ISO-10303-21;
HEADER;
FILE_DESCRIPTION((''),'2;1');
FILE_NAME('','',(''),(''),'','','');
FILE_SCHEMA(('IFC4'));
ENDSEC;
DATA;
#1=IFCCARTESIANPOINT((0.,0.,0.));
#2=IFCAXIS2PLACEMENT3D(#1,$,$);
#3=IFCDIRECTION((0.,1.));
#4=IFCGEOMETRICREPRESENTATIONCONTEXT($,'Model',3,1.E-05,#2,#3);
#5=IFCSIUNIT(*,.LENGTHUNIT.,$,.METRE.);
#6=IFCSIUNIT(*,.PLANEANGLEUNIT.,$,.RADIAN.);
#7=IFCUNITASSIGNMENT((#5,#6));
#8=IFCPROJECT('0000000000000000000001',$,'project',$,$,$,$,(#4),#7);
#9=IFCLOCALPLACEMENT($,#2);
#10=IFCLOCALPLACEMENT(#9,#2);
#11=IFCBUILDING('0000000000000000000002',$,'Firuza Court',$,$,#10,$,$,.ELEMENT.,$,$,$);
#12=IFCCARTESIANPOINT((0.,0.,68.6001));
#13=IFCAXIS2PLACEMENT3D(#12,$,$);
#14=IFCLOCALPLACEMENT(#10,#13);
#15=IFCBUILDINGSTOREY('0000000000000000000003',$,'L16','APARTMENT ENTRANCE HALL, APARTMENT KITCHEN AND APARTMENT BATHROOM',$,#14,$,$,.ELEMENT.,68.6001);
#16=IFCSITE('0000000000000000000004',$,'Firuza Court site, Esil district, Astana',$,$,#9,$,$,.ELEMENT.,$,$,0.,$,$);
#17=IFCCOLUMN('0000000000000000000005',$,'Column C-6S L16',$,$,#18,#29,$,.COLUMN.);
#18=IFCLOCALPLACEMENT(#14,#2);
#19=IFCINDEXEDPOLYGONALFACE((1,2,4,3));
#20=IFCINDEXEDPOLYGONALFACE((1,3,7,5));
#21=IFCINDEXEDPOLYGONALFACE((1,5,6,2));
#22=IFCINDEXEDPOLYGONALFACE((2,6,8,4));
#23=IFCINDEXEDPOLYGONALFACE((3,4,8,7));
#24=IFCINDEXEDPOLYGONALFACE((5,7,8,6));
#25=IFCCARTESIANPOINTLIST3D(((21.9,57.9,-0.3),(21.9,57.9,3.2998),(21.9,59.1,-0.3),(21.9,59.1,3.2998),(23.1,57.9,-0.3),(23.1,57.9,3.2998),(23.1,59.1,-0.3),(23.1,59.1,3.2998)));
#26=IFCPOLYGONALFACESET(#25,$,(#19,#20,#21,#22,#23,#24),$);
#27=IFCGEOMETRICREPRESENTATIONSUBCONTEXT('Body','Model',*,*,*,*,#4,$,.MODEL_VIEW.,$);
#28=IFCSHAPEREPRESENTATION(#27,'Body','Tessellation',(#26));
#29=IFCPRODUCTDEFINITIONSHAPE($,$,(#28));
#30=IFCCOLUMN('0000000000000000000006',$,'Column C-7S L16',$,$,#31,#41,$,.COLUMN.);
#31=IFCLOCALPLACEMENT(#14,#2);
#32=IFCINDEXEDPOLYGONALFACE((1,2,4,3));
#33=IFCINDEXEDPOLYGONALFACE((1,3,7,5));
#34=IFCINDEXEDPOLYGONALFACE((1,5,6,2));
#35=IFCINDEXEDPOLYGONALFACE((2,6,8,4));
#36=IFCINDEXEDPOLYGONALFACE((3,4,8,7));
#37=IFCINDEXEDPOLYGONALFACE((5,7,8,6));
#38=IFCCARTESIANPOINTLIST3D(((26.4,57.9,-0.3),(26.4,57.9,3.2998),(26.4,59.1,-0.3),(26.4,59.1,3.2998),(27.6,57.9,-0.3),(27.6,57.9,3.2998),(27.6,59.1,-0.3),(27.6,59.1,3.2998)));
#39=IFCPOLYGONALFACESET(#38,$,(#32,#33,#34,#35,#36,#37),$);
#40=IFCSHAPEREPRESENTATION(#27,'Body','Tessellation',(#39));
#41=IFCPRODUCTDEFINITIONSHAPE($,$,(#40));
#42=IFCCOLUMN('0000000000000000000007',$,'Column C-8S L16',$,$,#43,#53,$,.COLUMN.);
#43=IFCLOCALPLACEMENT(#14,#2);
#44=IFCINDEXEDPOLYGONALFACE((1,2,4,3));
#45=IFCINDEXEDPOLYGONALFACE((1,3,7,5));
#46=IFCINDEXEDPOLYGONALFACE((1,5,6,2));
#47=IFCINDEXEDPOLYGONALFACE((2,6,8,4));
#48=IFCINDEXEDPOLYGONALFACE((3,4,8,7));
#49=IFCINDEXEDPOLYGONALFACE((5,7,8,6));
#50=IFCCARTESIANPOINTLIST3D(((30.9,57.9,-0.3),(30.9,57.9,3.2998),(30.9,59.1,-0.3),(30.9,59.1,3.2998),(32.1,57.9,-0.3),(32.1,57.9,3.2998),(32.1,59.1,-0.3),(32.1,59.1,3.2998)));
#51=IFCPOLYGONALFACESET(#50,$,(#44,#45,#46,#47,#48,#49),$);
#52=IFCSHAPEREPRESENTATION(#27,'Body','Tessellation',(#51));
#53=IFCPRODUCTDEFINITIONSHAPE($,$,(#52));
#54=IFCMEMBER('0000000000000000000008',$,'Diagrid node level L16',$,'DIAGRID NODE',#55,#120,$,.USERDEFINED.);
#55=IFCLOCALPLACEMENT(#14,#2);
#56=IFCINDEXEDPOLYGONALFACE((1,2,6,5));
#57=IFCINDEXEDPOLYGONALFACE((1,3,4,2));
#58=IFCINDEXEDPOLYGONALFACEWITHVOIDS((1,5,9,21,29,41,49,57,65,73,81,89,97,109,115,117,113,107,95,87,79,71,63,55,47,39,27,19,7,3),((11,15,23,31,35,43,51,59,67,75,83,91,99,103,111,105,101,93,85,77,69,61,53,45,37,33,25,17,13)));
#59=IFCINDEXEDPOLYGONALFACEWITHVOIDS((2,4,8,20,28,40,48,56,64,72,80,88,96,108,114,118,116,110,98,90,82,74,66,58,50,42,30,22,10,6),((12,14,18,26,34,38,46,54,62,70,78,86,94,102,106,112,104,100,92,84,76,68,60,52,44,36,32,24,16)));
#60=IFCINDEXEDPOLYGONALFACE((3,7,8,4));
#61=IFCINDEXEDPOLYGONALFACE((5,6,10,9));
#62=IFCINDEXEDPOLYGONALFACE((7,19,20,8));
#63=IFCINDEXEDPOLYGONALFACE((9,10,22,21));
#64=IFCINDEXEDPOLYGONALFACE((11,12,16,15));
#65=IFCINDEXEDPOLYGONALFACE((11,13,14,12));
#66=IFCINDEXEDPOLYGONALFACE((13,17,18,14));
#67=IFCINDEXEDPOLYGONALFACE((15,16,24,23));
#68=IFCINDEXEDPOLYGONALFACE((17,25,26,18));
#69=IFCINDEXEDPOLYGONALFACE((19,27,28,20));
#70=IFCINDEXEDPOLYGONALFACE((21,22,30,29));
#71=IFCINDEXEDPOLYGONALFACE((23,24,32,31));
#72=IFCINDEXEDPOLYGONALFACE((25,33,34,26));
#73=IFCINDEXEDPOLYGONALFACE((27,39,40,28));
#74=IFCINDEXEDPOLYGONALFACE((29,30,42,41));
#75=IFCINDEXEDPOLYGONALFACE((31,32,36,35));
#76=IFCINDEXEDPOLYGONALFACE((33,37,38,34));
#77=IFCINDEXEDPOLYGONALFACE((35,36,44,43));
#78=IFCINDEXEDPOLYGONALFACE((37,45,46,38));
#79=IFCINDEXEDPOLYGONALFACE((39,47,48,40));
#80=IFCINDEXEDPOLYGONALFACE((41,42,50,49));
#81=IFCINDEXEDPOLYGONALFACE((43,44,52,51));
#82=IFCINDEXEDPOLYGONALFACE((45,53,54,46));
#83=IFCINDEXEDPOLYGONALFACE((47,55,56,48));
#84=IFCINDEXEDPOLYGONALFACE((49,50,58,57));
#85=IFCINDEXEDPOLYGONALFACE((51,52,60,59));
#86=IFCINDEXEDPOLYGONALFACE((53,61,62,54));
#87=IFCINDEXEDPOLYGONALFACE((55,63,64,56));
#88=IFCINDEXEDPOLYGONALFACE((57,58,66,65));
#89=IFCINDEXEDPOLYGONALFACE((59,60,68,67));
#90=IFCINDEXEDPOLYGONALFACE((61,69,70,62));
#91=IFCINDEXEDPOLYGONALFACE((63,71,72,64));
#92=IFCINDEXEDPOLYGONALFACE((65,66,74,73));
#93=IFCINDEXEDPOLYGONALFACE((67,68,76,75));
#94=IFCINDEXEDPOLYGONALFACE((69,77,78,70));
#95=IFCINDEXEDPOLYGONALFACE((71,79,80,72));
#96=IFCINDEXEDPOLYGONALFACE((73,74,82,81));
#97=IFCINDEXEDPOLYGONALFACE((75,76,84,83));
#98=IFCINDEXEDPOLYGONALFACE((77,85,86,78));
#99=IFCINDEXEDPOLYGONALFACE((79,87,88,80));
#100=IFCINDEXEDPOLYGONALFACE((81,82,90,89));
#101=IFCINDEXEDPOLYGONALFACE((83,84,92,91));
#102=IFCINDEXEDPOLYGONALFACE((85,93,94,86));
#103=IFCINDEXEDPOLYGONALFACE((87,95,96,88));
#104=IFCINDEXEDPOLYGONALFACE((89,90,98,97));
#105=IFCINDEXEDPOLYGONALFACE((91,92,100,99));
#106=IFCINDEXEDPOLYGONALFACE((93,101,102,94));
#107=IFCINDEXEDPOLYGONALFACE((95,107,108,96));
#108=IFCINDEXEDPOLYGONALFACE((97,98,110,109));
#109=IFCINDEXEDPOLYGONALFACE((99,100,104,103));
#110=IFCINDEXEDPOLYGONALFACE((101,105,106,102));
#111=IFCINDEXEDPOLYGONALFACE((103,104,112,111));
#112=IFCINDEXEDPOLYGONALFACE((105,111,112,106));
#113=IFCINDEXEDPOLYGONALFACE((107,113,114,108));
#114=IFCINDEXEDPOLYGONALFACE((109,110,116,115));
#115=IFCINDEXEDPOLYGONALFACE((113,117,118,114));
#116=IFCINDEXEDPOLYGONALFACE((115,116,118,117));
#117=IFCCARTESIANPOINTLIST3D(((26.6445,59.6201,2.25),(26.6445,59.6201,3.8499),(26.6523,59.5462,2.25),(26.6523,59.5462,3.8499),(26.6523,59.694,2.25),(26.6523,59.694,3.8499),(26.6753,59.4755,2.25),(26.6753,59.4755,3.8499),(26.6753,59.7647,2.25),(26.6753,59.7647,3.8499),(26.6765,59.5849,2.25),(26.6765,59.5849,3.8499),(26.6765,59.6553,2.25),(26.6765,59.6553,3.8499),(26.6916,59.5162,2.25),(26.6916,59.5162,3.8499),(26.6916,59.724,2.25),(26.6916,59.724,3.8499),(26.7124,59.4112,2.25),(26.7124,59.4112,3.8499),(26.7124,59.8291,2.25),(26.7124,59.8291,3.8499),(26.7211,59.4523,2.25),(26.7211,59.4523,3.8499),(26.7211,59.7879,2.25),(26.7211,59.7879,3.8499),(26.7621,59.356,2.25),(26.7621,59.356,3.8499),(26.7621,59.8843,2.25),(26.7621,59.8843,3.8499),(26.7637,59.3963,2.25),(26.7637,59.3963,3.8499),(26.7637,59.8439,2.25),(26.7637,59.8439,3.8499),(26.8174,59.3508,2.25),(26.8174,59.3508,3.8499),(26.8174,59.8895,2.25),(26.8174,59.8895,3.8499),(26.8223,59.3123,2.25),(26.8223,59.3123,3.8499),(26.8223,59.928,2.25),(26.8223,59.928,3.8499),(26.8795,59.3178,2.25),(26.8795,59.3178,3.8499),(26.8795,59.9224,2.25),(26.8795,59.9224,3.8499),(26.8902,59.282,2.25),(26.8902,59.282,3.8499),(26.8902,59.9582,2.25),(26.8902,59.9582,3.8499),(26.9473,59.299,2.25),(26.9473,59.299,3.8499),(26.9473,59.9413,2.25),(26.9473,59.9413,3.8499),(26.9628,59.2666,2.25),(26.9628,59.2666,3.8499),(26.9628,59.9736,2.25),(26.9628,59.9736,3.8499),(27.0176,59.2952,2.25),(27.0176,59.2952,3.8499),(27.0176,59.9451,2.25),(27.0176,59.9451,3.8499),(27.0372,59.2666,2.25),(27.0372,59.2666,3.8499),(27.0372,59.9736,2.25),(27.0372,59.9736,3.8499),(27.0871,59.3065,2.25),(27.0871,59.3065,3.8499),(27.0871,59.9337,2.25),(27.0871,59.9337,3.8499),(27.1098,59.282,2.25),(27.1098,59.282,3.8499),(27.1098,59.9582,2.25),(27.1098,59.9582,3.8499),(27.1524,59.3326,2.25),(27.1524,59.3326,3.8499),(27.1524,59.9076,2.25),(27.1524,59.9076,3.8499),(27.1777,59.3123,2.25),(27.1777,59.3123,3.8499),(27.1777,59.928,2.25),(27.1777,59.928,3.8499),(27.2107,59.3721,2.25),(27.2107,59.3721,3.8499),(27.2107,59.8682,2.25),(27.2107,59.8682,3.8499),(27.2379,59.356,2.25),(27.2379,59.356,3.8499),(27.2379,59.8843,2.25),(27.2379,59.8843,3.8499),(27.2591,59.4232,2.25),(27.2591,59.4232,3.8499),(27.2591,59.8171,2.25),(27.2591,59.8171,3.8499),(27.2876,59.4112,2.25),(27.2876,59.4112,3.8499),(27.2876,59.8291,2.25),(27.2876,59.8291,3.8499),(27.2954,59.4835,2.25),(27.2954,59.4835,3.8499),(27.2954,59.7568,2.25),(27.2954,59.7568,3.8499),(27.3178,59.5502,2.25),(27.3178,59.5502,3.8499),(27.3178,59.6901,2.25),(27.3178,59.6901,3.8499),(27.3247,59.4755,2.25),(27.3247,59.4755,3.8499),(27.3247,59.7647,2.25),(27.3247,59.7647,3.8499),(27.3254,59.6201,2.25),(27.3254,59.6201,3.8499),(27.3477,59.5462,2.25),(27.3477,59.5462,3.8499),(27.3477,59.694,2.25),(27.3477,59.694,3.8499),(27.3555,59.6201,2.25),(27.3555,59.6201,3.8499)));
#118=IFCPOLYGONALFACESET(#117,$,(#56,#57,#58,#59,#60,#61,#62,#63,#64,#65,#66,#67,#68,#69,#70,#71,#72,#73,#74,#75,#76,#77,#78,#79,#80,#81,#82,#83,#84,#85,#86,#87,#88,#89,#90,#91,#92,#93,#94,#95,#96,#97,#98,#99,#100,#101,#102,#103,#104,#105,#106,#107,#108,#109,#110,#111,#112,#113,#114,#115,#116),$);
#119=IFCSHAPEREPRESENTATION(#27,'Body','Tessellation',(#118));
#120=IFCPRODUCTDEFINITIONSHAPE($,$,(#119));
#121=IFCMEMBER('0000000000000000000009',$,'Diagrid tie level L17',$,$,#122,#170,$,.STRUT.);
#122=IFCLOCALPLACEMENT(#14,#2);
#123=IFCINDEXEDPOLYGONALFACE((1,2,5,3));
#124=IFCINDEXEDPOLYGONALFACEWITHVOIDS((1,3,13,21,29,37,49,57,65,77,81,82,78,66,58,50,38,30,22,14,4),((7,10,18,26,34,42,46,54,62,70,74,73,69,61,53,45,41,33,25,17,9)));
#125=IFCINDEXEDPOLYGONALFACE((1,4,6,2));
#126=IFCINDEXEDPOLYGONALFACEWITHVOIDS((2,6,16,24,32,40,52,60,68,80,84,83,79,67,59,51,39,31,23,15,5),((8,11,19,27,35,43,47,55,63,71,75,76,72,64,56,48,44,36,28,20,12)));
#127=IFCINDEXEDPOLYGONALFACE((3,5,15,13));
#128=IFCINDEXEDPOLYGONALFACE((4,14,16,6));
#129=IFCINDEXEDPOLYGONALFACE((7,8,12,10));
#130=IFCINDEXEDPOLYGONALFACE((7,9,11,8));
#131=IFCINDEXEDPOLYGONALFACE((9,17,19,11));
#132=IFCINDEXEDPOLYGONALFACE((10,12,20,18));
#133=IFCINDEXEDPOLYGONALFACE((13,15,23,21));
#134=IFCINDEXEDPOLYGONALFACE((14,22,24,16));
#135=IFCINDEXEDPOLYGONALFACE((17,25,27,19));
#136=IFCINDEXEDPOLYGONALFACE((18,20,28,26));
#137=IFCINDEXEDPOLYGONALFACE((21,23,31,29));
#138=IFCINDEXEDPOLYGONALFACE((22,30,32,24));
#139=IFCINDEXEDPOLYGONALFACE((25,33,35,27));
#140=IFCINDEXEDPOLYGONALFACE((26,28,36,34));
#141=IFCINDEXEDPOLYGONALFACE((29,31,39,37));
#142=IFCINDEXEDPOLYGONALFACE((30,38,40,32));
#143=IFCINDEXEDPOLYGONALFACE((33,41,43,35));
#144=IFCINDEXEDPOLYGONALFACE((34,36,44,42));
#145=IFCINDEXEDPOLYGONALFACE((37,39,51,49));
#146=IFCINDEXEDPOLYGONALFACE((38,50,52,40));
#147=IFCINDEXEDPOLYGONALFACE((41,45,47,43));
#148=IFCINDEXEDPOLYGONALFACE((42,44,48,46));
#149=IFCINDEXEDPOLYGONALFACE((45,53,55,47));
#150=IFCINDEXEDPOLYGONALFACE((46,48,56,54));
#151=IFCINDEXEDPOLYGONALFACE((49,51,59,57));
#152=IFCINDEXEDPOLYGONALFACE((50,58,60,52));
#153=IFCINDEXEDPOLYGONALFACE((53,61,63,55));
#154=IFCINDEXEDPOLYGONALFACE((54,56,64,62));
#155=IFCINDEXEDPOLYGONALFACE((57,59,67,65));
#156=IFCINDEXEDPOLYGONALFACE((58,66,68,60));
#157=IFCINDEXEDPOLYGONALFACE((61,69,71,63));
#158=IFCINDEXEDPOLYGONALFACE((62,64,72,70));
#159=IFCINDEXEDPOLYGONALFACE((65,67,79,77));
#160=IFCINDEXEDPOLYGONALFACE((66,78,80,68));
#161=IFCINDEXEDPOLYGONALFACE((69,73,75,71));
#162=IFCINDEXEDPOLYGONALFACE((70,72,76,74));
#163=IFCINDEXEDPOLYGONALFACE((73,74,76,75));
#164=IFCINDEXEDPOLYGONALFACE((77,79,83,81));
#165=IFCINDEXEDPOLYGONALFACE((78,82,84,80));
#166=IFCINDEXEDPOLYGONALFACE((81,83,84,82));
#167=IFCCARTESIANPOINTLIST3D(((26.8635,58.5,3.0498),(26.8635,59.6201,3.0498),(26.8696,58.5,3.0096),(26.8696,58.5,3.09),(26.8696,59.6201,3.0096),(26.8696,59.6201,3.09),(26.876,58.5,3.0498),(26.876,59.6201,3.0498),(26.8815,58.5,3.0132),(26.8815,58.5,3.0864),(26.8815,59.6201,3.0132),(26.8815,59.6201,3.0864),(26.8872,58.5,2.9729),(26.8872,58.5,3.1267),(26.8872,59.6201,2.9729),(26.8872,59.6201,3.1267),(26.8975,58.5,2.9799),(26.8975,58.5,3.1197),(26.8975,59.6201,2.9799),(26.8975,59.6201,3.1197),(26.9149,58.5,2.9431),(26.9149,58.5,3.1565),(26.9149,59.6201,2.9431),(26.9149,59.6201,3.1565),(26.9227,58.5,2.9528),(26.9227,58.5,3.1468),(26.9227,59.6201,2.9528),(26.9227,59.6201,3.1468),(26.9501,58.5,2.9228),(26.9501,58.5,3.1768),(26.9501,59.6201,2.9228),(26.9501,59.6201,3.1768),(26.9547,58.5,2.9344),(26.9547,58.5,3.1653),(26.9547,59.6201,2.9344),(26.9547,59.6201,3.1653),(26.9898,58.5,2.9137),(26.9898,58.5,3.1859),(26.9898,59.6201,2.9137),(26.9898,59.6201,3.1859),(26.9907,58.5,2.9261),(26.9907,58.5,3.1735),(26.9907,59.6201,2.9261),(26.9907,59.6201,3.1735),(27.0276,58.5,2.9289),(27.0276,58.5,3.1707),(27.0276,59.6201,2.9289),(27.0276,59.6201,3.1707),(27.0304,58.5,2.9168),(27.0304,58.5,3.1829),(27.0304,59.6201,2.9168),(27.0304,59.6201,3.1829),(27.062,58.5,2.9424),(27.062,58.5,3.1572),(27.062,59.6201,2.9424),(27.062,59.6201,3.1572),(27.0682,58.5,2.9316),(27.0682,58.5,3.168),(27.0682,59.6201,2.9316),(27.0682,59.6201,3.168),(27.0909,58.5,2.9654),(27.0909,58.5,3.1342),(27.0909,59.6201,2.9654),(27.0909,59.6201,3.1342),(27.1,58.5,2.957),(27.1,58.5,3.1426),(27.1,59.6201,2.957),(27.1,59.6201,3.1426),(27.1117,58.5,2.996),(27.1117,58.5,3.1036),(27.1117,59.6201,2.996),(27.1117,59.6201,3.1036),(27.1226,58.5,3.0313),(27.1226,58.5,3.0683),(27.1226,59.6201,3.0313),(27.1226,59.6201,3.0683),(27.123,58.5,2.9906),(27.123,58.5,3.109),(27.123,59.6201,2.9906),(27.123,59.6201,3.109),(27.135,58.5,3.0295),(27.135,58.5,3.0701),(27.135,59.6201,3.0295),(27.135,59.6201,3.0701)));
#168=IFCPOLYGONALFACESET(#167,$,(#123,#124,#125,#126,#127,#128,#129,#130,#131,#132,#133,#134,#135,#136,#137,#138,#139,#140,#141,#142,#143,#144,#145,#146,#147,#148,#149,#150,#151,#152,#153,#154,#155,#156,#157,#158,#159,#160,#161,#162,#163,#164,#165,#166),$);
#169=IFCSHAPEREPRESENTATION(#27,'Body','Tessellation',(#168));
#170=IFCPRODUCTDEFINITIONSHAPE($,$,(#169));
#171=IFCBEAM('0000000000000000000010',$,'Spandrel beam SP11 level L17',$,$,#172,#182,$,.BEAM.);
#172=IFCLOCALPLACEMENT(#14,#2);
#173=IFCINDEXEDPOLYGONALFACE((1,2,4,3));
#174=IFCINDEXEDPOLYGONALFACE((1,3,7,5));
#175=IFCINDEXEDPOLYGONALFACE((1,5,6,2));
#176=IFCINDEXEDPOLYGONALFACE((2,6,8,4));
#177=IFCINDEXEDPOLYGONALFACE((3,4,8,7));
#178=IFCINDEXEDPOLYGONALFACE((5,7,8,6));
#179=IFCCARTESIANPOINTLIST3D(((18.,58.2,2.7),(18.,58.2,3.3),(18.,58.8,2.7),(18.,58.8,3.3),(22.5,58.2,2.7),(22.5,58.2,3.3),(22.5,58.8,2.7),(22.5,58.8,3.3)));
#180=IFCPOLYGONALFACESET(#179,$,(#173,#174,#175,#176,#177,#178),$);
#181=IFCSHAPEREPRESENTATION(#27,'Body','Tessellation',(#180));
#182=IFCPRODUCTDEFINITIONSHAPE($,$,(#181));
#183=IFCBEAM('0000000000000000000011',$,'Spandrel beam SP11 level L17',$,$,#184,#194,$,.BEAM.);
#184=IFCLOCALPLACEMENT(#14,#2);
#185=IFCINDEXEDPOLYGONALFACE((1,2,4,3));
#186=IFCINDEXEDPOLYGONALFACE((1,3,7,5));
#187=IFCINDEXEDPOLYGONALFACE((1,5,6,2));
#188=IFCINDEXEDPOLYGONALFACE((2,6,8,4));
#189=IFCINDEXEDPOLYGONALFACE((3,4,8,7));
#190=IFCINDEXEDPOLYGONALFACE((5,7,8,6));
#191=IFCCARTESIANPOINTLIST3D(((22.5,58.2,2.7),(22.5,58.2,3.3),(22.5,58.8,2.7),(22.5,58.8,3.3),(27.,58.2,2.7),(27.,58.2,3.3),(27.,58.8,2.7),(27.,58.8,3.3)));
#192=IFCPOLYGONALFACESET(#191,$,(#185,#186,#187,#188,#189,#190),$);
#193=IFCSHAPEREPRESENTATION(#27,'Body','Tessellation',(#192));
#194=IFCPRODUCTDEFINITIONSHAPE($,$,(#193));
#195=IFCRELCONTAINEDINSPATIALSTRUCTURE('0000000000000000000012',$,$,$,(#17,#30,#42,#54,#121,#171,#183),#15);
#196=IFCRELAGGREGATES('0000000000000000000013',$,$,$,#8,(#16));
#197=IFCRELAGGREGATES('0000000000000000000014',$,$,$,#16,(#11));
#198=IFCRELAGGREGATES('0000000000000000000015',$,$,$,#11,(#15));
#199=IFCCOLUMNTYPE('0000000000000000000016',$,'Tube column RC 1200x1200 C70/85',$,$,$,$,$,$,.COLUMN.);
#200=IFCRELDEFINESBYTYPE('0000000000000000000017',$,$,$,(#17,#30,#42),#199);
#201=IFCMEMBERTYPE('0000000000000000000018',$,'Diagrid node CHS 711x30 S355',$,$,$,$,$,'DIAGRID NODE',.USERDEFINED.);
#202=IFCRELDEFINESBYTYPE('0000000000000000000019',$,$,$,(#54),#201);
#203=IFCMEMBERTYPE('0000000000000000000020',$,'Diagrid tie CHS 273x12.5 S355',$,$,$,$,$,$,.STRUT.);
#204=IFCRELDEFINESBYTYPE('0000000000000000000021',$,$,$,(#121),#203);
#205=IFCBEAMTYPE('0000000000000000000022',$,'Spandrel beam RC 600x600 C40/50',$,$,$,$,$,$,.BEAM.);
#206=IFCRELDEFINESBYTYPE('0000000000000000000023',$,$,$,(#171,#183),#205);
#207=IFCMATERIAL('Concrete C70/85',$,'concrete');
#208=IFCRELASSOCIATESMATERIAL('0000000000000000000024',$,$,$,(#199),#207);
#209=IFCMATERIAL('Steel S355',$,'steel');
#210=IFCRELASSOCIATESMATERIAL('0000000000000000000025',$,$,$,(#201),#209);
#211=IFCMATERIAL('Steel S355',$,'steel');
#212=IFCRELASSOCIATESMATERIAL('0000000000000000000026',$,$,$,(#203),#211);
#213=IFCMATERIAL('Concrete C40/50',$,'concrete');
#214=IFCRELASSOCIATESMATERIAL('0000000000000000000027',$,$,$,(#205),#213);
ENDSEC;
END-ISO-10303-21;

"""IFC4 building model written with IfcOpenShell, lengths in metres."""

from ifc_helpers import new_model, si_unit, direction, frame, origin, origin_2d, place, context, subcontext, project, spatial, rectangle, hollow_circle, extrude, material, material_profile, profile_set, type_object, element, save


model = new_model("IFC4")

# Units and contexts
model_context = context("Model", 3, precision=1e-05, world=origin(), true_north=direction((0.0, 1.0)))
body_context = subcontext(model_context, "Body", "Model", "MODEL_VIEW")
ifc_project = project(units=[si_unit("LENGTHUNIT", "METRE"), si_unit("PLANEANGLEUNIT", "RADIAN")], contexts=[model_context])

# Site, building, storey
site_placement = place(None, origin())
site = spatial("IfcSite", under=ifc_project, at=site_placement, Name="Firuza Court site, Esil district, Astana", CompositionType="ELEMENT", RefElevation=0.0)
building_placement = place(site_placement, origin())
building = spatial("IfcBuilding", under=site, at=building_placement, Name="Firuza Court", CompositionType="ELEMENT")
storey_placement = place(building_placement, frame((0.0, 0.0, 68.6001)))
storey = spatial("IfcBuildingStorey", under=building, at=storey_placement, Name="L16", Description="APARTMENT ENTRANCE HALL, APARTMENT KITCHEN AND APARTMENT BATHROOM", CompositionType="ELEMENT", Elevation=68.6001)

# Columns
ifc_material_1 = material(Name="Concrete C70/85", Category="concrete")
ifc_material_profile_1 = material_profile(ifc_material_1, rectangle(XDim=1.2, YDim=1.2, at=origin_2d()), Name="RC 1200x1200")
ifc_profile_set_1 = profile_set([ifc_material_profile_1], Name="Concrete C70/85")
column_type = type_object("IfcColumnType", Name="Tube column RC 1200x1200 C70/85", PredefinedType="COLUMN", material=ifc_profile_set_1)
for number, where, z_axis, x_axis, name in (
    (1, (22.5, 58.5, -0.3), (0.0, 0.0, 1.0), (1.0, 0.0, 0.0), "Column C-6S L16"),
    (2, (27.0, 58.5, -0.3), (0.0, 0.0, 1.0), (1.0, 0.0, 0.0), "Column C-7S L16"),
    (3, (31.5, 58.5, -0.3), (0.0, 0.0, 1.0), (1.0, 0.0, 0.0), "Column C-8S L16"),
):
    element("IfcColumn", number, at=place(storey_placement, frame(where, z_axis=z_axis, x_axis=x_axis)), inside=storey, type_object=column_type, Name=name, PredefinedType="COLUMN", context=body_context, shape_type="SweptSolid", body=[
        extrude(rectangle(XDim=1.2, YDim=1.2, at=origin_2d()), origin(), (0.0, 0.0, 1.0), 3.5999),
    ])

# Members
ifc_material_2 = material(Name="Steel S355", Category="steel")
ifc_material_profile_2 = material_profile(ifc_material_2, hollow_circle(Radius=0.3555, WallThickness=0.03, at=origin_2d()), Name="CHS 711x30")
ifc_profile_set_2 = profile_set([ifc_material_profile_2], Name="Steel S355")
member_type_1 = type_object("IfcMemberType", Name="Diagrid node CHS 711x30 S355", ElementType="DIAGRID NODE", PredefinedType="USERDEFINED", material=ifc_profile_set_2)
member_1_placement = place(storey_placement, frame((27.0, 59.6201, 2.25), z_axis=(0.0, 0.0, 1.0), x_axis=(1.0, 0.0, 0.0)))
element("IfcMember", 4, at=member_1_placement, inside=storey, type_object=member_type_1, Name="Diagrid node level L16", ObjectType="DIAGRID NODE", PredefinedType="USERDEFINED", context=body_context, shape_type="SweptSolid", body=[
    extrude(hollow_circle(Radius=0.3555, WallThickness=0.03, at=origin_2d()), origin(), (0.0, 0.0, 1.0), 1.5999),
])
ifc_material_3 = material(Name="Steel S355", Category="steel")
ifc_material_profile_3 = material_profile(ifc_material_3, hollow_circle(Radius=0.1365, WallThickness=0.0125, at=origin_2d()), Name="CHS 273x12.5")
ifc_profile_set_3 = profile_set([ifc_material_profile_3], Name="Steel S355")
member_type_2 = type_object("IfcMemberType", Name="Diagrid tie CHS 273x12.5 S355", PredefinedType="STRUT", material=ifc_profile_set_3)
member_2_placement = place(storey_placement, frame((27.0, 58.5, 3.0498), z_axis=(0.0, 1.0, 0.0), x_axis=(-1.0, 0.0, 0.0)))
element("IfcMember", 5, at=member_2_placement, inside=storey, type_object=member_type_2, Name="Diagrid tie level L17", PredefinedType="STRUT", context=body_context, shape_type="SweptSolid", body=[
    extrude(hollow_circle(Radius=0.1365, WallThickness=0.0125, at=origin_2d()), origin(), (0.0, 0.0, 1.0), 1.1201),
])

# Beams
ifc_material_4 = material(Name="Concrete C40/50", Category="concrete")
ifc_material_profile_4 = material_profile(ifc_material_4, rectangle(XDim=0.6001, YDim=0.6001, at=origin_2d()), Name="RC 600x600")
ifc_profile_set_4 = profile_set([ifc_material_profile_4], Name="Concrete C40/50")
beam_type = type_object("IfcBeamType", Name="Spandrel beam RC 600x600 C40/50", PredefinedType="BEAM", material=ifc_profile_set_4)
for number, where, z_axis, x_axis, name in (
    (6, (22.5, 58.5, 3.0), (-1.0, 0.0, 0.0), (0.0, -1.0, 0.0), "Spandrel beam SP11 level L17"),
    (7, (27.0, 58.5, 3.0), (-1.0, 0.0, 0.0), (0.0, -1.0, 0.0), "Spandrel beam SP11 level L17"),
):
    element("IfcBeam", number, at=place(storey_placement, frame(where, z_axis=z_axis, x_axis=x_axis)), inside=storey, type_object=beam_type, Name=name, PredefinedType="BEAM", context=body_context, shape_type="SweptSolid", body=[
        extrude(rectangle(XDim=0.6001, YDim=0.6001, at=origin_2d()), origin(), (0.0, 0.0, 1.0), 4.5),
    ])

save(model, "model.ifc")
